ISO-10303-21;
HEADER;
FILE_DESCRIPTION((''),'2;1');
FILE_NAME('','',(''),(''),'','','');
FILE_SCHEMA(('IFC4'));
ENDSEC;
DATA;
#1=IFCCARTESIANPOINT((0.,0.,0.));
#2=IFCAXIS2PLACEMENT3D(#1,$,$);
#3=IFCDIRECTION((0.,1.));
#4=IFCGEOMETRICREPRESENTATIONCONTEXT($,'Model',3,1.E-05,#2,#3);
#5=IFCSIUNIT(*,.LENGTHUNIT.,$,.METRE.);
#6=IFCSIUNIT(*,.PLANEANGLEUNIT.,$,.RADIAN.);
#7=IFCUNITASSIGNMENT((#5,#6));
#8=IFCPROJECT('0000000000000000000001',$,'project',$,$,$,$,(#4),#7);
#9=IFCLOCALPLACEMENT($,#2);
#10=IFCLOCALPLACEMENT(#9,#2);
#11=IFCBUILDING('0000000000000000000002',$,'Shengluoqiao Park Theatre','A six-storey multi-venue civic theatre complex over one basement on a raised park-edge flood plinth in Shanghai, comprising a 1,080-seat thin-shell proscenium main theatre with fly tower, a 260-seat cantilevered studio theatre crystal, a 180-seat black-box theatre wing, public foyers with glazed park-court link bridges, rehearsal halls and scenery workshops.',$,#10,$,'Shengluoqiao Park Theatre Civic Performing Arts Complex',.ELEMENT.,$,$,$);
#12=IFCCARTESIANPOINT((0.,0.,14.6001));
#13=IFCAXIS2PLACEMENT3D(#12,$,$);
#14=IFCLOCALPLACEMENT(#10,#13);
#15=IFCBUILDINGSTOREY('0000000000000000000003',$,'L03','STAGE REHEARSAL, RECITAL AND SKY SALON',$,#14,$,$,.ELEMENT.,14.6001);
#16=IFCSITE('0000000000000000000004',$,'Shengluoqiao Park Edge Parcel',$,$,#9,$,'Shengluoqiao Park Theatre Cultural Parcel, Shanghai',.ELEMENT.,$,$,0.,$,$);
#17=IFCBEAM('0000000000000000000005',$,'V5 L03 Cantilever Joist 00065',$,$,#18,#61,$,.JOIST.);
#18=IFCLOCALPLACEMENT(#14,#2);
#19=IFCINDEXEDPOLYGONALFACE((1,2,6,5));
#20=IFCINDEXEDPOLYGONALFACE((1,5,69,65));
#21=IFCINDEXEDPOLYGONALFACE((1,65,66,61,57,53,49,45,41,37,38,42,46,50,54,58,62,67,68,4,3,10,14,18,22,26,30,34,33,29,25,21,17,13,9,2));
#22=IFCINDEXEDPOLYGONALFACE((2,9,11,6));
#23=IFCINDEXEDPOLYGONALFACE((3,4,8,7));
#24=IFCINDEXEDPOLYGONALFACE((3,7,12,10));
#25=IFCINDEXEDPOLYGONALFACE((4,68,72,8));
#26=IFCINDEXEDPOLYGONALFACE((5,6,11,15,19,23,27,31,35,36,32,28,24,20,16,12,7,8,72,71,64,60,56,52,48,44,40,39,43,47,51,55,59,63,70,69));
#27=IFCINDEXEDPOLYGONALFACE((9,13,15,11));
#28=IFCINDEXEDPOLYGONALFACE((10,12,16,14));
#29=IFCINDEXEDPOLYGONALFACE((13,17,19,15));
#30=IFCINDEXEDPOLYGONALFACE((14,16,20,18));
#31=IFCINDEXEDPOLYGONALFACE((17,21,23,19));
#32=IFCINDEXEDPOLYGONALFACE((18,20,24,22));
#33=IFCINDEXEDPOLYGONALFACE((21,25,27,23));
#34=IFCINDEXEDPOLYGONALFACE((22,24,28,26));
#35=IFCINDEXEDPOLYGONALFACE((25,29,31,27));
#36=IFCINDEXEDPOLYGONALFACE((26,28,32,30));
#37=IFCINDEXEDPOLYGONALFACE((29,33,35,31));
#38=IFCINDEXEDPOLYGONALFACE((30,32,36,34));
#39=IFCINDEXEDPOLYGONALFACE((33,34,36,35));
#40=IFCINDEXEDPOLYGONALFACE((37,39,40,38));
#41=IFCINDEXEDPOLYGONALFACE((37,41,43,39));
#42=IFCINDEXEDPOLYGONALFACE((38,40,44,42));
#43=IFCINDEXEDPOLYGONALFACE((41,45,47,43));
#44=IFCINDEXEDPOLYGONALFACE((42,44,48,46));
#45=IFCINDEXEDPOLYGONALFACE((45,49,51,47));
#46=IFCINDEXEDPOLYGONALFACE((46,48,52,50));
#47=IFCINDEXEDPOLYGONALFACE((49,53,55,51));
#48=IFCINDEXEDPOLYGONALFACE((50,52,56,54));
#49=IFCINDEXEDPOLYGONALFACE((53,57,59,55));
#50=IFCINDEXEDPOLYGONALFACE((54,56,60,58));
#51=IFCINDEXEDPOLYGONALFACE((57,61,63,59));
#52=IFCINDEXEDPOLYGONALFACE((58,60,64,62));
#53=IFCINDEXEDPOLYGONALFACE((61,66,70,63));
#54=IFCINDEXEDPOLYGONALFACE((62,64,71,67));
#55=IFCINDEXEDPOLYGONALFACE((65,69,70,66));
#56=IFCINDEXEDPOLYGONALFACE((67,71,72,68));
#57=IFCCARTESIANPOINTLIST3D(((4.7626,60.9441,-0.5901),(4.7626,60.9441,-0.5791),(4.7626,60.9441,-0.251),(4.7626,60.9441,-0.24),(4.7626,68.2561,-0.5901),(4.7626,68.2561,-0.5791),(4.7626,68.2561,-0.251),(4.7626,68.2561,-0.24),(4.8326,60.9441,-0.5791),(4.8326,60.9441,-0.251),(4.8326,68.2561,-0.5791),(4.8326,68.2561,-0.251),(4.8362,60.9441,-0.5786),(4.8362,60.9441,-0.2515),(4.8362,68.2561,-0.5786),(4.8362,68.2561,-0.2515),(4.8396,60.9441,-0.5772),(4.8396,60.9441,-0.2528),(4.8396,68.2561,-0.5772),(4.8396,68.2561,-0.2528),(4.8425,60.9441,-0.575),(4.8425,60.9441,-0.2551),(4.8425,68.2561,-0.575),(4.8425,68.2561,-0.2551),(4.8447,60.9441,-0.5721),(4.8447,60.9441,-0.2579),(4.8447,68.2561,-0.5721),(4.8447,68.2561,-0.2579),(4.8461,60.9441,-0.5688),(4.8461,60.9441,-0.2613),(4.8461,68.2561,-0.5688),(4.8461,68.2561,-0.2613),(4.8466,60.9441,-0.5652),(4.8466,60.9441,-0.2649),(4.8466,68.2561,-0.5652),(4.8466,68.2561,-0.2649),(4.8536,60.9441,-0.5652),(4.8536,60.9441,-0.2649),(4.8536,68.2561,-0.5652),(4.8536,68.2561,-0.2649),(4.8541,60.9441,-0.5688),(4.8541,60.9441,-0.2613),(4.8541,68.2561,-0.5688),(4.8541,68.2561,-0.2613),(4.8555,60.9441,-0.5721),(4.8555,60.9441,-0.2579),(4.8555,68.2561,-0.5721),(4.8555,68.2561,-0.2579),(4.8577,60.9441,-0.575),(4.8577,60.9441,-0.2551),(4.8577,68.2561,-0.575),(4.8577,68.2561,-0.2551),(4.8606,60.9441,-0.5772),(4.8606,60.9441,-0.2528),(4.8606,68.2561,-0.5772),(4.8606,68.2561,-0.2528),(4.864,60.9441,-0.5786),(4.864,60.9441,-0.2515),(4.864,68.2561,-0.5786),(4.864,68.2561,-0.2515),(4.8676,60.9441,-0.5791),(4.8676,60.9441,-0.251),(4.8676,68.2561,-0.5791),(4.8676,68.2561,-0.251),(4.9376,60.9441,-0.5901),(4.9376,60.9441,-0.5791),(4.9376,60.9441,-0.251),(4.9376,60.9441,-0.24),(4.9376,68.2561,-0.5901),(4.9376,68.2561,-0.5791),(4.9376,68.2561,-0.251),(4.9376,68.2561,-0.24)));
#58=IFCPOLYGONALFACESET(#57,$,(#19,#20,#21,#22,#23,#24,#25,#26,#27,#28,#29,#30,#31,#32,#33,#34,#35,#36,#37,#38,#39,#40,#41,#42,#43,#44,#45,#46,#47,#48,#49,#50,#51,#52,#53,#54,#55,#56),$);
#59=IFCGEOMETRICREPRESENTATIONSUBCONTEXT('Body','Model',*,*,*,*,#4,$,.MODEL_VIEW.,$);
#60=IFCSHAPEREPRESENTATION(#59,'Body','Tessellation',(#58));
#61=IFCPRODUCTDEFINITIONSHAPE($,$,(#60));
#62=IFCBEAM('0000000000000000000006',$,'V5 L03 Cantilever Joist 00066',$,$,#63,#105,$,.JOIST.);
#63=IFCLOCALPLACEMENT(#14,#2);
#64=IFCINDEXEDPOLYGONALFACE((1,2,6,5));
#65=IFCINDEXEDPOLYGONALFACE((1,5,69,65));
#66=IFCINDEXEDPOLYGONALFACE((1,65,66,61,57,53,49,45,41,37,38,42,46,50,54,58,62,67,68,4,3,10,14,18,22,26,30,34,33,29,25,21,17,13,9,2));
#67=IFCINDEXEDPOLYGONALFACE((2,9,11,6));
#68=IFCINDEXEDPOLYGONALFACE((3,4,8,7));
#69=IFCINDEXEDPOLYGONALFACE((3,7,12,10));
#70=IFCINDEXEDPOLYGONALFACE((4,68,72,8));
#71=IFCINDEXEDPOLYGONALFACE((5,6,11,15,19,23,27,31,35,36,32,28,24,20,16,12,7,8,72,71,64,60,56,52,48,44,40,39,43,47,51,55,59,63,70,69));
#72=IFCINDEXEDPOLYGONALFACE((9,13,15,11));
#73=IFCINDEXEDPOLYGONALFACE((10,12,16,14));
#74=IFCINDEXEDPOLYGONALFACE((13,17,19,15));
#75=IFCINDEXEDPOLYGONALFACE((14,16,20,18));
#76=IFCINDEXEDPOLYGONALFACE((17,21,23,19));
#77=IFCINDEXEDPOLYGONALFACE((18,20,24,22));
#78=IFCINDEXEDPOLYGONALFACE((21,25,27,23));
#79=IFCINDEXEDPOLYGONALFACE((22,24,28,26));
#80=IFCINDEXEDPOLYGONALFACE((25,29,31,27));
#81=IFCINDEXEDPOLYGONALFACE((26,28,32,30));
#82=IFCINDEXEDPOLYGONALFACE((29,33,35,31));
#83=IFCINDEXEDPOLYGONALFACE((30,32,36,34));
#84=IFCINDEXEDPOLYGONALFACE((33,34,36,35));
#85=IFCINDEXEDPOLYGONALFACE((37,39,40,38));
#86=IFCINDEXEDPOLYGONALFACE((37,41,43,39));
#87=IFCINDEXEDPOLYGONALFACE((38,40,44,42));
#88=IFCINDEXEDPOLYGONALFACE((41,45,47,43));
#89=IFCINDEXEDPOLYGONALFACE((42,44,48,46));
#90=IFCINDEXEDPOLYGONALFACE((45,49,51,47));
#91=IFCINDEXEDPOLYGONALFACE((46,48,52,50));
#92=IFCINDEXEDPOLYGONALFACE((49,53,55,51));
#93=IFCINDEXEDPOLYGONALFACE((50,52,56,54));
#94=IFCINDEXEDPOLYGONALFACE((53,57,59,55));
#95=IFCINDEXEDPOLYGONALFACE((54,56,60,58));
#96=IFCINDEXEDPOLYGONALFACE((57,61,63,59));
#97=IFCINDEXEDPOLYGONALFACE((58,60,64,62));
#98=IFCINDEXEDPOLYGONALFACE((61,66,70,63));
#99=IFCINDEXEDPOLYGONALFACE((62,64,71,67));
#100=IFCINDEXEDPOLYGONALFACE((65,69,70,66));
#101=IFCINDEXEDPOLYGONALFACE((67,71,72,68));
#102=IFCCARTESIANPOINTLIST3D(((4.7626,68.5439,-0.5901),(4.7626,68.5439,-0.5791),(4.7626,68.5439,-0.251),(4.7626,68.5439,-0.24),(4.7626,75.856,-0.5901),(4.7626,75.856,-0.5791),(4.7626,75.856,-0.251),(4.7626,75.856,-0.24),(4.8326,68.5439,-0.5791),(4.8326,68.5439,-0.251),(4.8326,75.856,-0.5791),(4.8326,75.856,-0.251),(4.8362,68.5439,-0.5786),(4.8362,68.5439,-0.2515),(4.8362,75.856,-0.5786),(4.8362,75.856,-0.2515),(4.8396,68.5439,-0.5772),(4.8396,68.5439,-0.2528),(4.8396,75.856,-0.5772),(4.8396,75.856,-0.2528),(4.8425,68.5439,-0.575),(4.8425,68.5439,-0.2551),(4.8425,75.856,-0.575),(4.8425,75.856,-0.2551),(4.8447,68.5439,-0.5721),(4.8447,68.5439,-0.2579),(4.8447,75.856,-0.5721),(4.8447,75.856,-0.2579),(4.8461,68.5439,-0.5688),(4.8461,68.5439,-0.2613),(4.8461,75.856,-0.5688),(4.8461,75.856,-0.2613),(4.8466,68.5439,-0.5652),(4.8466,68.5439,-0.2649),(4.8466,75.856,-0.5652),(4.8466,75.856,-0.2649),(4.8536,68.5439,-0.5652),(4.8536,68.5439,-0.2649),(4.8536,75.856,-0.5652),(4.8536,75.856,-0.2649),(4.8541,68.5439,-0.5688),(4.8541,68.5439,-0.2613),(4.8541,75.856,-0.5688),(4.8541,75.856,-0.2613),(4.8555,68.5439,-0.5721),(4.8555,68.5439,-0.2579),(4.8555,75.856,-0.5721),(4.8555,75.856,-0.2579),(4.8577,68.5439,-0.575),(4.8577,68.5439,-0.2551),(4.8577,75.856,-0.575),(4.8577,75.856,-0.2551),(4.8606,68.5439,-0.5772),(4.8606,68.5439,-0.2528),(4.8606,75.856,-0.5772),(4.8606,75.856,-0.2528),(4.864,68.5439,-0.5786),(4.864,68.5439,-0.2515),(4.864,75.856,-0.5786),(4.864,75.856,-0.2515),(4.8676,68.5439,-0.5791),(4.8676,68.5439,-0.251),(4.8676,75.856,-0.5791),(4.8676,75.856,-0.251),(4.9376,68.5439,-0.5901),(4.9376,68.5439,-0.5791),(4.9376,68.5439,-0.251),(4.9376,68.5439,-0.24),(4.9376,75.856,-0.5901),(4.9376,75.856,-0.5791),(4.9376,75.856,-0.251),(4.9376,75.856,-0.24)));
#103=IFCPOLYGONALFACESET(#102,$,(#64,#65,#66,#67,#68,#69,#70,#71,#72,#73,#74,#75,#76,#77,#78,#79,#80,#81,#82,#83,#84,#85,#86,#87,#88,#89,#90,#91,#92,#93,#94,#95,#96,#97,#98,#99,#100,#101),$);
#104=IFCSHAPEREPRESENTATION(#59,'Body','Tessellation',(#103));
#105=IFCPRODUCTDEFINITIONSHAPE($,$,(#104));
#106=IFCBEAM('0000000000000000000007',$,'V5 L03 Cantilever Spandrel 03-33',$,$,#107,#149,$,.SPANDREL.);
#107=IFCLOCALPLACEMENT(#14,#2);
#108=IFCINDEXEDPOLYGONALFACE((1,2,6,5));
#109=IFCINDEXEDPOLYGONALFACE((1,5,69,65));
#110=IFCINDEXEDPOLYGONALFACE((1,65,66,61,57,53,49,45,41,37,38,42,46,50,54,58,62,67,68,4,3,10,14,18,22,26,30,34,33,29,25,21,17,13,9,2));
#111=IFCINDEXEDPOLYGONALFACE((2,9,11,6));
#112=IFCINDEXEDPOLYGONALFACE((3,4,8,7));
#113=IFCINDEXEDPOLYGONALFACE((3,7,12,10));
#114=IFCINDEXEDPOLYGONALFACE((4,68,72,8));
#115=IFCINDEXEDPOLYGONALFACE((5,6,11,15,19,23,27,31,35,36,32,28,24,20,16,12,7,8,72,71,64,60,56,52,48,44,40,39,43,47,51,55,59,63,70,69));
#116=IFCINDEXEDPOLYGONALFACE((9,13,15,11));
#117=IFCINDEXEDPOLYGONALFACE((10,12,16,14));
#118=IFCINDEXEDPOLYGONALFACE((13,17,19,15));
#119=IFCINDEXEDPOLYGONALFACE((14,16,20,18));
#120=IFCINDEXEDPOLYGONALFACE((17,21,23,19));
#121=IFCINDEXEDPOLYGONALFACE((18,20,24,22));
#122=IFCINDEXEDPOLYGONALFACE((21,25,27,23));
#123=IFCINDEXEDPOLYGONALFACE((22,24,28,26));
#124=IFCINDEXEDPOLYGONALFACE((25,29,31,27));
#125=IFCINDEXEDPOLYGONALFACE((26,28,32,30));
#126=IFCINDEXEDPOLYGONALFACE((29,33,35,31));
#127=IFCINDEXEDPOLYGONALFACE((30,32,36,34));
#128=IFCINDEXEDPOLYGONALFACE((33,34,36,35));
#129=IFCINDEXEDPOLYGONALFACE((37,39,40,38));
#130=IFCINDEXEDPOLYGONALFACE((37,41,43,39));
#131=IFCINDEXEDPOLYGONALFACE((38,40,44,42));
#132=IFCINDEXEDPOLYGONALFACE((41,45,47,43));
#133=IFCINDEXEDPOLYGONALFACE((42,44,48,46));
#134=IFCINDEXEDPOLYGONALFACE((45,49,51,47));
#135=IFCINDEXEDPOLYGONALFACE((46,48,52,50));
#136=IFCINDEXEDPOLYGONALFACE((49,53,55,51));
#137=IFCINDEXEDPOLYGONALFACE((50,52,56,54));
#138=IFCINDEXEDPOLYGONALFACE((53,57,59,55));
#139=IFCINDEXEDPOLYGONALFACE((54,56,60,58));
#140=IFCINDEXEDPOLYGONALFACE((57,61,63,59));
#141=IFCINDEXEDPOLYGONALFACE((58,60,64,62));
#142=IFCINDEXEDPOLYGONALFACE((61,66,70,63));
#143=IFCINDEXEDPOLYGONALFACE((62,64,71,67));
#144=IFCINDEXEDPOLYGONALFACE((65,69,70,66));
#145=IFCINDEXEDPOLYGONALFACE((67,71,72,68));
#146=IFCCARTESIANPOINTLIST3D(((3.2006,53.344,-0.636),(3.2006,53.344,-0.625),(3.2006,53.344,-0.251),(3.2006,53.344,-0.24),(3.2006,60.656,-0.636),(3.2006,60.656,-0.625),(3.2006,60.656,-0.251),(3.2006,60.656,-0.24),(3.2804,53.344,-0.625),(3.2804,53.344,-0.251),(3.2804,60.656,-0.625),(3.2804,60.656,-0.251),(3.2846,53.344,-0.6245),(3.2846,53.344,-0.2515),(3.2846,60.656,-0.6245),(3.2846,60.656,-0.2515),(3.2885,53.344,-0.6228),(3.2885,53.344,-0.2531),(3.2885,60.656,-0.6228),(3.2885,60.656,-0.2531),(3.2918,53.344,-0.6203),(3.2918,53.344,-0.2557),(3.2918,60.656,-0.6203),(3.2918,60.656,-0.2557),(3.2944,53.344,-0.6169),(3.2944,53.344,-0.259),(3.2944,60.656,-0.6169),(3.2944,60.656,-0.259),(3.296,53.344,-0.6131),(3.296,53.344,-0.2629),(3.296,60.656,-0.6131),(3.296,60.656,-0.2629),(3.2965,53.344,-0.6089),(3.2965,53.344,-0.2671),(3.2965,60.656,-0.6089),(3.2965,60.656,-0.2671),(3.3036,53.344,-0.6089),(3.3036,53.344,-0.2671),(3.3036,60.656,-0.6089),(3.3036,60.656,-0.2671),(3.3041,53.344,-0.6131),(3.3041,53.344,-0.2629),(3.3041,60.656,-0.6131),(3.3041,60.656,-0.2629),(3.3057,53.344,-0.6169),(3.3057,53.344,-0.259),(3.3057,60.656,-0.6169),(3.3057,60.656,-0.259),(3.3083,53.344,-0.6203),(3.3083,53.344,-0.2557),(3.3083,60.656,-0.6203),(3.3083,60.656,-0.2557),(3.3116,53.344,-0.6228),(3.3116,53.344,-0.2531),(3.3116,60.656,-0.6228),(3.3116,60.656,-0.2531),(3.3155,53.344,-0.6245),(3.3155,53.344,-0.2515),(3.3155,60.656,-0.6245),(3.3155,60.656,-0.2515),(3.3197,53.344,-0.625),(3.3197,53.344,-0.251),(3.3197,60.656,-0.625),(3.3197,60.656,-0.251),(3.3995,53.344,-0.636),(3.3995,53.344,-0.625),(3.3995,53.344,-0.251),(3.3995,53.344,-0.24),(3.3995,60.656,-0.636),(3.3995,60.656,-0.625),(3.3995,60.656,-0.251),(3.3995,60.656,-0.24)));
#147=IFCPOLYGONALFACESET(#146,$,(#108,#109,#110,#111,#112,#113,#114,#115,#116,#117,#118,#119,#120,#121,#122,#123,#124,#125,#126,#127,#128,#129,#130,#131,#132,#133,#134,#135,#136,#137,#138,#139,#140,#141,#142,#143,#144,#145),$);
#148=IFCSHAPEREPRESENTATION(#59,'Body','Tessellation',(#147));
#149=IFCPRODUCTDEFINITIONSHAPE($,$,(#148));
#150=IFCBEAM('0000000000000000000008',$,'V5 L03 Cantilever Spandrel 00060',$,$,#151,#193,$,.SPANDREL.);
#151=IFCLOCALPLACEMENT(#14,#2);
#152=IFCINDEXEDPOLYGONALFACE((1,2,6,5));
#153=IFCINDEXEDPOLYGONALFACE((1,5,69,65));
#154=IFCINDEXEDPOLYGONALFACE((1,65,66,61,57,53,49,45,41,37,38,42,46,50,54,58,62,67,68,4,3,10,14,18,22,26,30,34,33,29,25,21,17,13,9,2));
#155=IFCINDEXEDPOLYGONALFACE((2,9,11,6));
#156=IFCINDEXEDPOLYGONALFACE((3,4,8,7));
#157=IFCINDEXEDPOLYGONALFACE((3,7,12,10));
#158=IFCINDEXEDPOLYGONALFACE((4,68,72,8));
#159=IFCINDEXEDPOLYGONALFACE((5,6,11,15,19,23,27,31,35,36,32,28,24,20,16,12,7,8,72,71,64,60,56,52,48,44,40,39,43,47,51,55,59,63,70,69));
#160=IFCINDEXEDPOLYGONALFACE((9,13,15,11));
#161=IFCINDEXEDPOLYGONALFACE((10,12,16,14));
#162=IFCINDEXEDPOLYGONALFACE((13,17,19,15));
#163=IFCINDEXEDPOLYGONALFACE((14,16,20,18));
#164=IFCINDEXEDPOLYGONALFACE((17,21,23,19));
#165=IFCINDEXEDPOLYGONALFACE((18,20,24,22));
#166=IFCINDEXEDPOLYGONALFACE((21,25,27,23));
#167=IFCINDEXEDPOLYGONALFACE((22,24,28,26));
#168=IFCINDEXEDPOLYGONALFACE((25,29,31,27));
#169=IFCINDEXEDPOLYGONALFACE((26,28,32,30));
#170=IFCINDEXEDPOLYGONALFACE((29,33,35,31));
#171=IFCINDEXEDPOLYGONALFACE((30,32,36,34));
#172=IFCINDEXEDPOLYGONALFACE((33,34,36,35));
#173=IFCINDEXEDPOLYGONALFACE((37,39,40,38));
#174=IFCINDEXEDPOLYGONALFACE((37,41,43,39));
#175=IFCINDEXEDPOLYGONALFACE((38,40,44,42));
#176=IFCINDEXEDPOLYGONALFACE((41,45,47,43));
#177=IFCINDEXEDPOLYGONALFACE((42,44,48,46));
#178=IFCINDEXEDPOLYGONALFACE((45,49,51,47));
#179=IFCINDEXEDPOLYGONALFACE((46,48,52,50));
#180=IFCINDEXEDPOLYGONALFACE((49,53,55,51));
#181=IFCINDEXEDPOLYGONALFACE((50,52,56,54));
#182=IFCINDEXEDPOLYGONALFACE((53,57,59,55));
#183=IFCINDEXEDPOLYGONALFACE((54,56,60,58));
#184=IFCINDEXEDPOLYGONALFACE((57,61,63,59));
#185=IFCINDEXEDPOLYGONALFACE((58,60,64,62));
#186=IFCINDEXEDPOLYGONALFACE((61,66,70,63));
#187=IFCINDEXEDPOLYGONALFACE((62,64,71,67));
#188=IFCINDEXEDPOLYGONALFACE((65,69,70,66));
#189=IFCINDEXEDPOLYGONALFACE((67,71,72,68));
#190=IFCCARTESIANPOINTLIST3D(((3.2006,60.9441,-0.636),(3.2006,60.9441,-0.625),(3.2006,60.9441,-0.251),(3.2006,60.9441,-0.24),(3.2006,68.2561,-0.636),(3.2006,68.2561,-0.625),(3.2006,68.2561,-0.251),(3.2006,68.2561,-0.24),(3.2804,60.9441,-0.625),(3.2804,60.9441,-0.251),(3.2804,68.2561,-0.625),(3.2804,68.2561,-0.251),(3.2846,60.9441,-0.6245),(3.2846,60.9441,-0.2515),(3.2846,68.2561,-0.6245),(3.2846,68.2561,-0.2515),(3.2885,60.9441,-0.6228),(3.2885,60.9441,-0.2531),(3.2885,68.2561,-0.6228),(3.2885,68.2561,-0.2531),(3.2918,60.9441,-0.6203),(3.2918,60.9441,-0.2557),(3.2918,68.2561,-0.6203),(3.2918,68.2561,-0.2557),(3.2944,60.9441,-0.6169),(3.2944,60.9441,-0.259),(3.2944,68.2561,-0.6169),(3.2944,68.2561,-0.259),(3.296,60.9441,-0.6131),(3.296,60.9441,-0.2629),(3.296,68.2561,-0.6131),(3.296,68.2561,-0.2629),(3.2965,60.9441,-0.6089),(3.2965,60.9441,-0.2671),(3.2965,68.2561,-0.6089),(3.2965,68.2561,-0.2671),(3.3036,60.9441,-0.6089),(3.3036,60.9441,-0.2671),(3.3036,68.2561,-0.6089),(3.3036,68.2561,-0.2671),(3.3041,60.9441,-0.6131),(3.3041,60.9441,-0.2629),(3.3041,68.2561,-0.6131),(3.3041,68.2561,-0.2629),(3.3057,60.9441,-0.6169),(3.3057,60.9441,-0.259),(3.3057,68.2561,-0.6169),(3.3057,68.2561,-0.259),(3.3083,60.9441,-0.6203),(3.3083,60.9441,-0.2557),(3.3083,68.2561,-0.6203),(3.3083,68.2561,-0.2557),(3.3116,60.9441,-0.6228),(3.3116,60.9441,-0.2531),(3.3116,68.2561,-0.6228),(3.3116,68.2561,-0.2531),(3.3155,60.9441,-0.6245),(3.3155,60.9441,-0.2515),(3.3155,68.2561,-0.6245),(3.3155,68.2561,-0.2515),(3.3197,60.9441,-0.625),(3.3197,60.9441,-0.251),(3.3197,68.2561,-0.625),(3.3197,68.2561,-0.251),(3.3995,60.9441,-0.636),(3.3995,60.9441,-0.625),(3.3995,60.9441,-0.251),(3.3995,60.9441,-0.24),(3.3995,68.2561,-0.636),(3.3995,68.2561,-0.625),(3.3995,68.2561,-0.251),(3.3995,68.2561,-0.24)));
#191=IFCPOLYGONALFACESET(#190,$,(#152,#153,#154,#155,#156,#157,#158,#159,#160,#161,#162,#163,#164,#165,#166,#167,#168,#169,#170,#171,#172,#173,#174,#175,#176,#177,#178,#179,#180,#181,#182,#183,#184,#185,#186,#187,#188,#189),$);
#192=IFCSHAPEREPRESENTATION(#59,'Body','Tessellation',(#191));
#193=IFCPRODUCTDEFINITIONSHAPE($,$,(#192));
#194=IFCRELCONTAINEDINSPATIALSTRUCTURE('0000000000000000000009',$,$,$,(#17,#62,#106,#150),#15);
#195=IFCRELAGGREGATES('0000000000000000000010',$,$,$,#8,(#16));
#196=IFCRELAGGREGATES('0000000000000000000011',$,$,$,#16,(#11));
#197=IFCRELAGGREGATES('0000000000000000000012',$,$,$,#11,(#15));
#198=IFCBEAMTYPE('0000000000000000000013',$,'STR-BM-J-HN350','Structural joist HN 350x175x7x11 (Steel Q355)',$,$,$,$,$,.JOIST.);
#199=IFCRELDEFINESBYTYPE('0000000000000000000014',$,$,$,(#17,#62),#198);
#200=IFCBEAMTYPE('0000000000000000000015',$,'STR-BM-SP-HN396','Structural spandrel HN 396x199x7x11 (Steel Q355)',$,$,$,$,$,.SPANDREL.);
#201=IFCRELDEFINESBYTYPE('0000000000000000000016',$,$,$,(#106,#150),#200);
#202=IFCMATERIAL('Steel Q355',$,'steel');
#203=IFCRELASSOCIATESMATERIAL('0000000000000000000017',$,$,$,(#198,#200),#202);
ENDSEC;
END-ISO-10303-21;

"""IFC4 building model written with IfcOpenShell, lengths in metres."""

from ifc_helpers import new_model, si_unit, direction, frame, origin, origin_2d, place, context, subcontext, project, spatial, i_section, extrude, material, material_profile, profile_set, type_object, element, save


model = new_model("IFC4")

# Units and contexts
model_context = context("Model", 3, precision=1e-05, world=origin(), true_north=direction((0.0, 1.0)))
body_context = subcontext(model_context, "Body", "Model", "MODEL_VIEW")
ifc_project = project(units=[si_unit("LENGTHUNIT", "METRE"), si_unit("PLANEANGLEUNIT", "RADIAN")], contexts=[model_context])

# Site, building, storey
site_placement = place(None, origin())
site = spatial("IfcSite", under=ifc_project, at=site_placement, Name="Shengluoqiao Park Edge Parcel", LongName="Shengluoqiao Park Theatre Cultural Parcel, Shanghai", CompositionType="ELEMENT", RefElevation=0.0)
building_placement = place(site_placement, origin())
building = spatial("IfcBuilding", under=site, at=building_placement, Name="Shengluoqiao Park Theatre", Description="A six-storey multi-venue civic theatre complex over one basement on a raised park-edge flood plinth in Shanghai, comprising a 1,080-seat thin-shell proscenium main theatre with fly tower, a 260-seat cantilevered studio theatre crystal, a 180-seat black-box theatre wing, public foyers with glazed park-court link bridges, rehearsal halls and scenery workshops.", LongName="Shengluoqiao Park Theatre Civic Performing Arts Complex", CompositionType="ELEMENT")
storey_placement = place(building_placement, frame((0.0, 0.0, 14.6001)))
storey = spatial("IfcBuildingStorey", under=building, at=storey_placement, Name="L03", Description="STAGE REHEARSAL, RECITAL AND SKY SALON", CompositionType="ELEMENT", Elevation=14.6001)

# Beams
ifc_material_1 = material(Name="Steel Q355", Category="steel")
ifc_material_profile_1 = material_profile(ifc_material_1, i_section(OverallWidth=0.175, OverallDepth=0.3501, WebThickness=0.0071, FlangeThickness=0.011, FilletRadius=0.0139, at=origin_2d()), Name="HN 350x175x7x11")
ifc_profile_set_1 = profile_set([ifc_material_profile_1], Name="Steel Q355")
beam_type_1 = type_object("IfcBeamType", Name="STR-BM-J-HN350", Description="Structural joist HN 350x175x7x11 (Steel Q355)", PredefinedType="JOIST", material=ifc_profile_set_1)
for number, where, z_axis, x_axis, name in (
    (1, (4.8501, 60.9441, -0.415), (0.0, 1.0, 0.0), (-1.0, 0.0, 0.0), "V5 L03 Cantilever Joist 00065"),
    (2, (4.8501, 68.5439, -0.415), (0.0, 1.0, 0.0), (-1.0, 0.0, 0.0), "V5 L03 Cantilever Joist 00066"),
):
    element("IfcBeam", number, at=place(storey_placement, frame(where, z_axis=z_axis, x_axis=x_axis)), inside=storey, type_object=beam_type_1, Name=name, PredefinedType="JOIST", context=body_context, shape_type="SweptSolid", body=[
        extrude(i_section(OverallWidth=0.175, OverallDepth=0.3501, WebThickness=0.0071, FlangeThickness=0.011, FilletRadius=0.0139, at=origin_2d()), origin(), (0.0, 0.0, 1.0), 7.312),
    ])
ifc_material_profile_2 = material_profile(ifc_material_1, i_section(OverallWidth=0.199, OverallDepth=0.396, WebThickness=0.0071, FlangeThickness=0.011, FilletRadius=0.0161, at=origin_2d()), Name="HN 396x199x7x11")
ifc_profile_set_2 = profile_set([ifc_material_profile_2], Name="Steel Q355")
beam_type_2 = type_object("IfcBeamType", Name="STR-BM-SP-HN396", Description="Structural spandrel HN 396x199x7x11 (Steel Q355)", PredefinedType="SPANDREL", material=ifc_profile_set_2)
for number, where, z_axis, x_axis, name in (
    (3, (3.3, 53.344, -0.438), (0.0, 1.0, 0.0), (-1.0, 0.0, 0.0), "V5 L03 Cantilever Spandrel 03-33"),
    (4, (3.3, 60.9441, -0.438), (0.0, 1.0, 0.0), (-1.0, 0.0, 0.0), "V5 L03 Cantilever Spandrel 00060"),
):
    element("IfcBeam", number, at=place(storey_placement, frame(where, z_axis=z_axis, x_axis=x_axis)), inside=storey, type_object=beam_type_2, Name=name, PredefinedType="SPANDREL", context=body_context, shape_type="SweptSolid", body=[
        extrude(i_section(OverallWidth=0.199, OverallDepth=0.396, WebThickness=0.0071, FlangeThickness=0.011, FilletRadius=0.0161, at=origin_2d()), origin(), (0.0, 0.0, 1.0), 7.312),
    ])

save(model, "model.ifc")
